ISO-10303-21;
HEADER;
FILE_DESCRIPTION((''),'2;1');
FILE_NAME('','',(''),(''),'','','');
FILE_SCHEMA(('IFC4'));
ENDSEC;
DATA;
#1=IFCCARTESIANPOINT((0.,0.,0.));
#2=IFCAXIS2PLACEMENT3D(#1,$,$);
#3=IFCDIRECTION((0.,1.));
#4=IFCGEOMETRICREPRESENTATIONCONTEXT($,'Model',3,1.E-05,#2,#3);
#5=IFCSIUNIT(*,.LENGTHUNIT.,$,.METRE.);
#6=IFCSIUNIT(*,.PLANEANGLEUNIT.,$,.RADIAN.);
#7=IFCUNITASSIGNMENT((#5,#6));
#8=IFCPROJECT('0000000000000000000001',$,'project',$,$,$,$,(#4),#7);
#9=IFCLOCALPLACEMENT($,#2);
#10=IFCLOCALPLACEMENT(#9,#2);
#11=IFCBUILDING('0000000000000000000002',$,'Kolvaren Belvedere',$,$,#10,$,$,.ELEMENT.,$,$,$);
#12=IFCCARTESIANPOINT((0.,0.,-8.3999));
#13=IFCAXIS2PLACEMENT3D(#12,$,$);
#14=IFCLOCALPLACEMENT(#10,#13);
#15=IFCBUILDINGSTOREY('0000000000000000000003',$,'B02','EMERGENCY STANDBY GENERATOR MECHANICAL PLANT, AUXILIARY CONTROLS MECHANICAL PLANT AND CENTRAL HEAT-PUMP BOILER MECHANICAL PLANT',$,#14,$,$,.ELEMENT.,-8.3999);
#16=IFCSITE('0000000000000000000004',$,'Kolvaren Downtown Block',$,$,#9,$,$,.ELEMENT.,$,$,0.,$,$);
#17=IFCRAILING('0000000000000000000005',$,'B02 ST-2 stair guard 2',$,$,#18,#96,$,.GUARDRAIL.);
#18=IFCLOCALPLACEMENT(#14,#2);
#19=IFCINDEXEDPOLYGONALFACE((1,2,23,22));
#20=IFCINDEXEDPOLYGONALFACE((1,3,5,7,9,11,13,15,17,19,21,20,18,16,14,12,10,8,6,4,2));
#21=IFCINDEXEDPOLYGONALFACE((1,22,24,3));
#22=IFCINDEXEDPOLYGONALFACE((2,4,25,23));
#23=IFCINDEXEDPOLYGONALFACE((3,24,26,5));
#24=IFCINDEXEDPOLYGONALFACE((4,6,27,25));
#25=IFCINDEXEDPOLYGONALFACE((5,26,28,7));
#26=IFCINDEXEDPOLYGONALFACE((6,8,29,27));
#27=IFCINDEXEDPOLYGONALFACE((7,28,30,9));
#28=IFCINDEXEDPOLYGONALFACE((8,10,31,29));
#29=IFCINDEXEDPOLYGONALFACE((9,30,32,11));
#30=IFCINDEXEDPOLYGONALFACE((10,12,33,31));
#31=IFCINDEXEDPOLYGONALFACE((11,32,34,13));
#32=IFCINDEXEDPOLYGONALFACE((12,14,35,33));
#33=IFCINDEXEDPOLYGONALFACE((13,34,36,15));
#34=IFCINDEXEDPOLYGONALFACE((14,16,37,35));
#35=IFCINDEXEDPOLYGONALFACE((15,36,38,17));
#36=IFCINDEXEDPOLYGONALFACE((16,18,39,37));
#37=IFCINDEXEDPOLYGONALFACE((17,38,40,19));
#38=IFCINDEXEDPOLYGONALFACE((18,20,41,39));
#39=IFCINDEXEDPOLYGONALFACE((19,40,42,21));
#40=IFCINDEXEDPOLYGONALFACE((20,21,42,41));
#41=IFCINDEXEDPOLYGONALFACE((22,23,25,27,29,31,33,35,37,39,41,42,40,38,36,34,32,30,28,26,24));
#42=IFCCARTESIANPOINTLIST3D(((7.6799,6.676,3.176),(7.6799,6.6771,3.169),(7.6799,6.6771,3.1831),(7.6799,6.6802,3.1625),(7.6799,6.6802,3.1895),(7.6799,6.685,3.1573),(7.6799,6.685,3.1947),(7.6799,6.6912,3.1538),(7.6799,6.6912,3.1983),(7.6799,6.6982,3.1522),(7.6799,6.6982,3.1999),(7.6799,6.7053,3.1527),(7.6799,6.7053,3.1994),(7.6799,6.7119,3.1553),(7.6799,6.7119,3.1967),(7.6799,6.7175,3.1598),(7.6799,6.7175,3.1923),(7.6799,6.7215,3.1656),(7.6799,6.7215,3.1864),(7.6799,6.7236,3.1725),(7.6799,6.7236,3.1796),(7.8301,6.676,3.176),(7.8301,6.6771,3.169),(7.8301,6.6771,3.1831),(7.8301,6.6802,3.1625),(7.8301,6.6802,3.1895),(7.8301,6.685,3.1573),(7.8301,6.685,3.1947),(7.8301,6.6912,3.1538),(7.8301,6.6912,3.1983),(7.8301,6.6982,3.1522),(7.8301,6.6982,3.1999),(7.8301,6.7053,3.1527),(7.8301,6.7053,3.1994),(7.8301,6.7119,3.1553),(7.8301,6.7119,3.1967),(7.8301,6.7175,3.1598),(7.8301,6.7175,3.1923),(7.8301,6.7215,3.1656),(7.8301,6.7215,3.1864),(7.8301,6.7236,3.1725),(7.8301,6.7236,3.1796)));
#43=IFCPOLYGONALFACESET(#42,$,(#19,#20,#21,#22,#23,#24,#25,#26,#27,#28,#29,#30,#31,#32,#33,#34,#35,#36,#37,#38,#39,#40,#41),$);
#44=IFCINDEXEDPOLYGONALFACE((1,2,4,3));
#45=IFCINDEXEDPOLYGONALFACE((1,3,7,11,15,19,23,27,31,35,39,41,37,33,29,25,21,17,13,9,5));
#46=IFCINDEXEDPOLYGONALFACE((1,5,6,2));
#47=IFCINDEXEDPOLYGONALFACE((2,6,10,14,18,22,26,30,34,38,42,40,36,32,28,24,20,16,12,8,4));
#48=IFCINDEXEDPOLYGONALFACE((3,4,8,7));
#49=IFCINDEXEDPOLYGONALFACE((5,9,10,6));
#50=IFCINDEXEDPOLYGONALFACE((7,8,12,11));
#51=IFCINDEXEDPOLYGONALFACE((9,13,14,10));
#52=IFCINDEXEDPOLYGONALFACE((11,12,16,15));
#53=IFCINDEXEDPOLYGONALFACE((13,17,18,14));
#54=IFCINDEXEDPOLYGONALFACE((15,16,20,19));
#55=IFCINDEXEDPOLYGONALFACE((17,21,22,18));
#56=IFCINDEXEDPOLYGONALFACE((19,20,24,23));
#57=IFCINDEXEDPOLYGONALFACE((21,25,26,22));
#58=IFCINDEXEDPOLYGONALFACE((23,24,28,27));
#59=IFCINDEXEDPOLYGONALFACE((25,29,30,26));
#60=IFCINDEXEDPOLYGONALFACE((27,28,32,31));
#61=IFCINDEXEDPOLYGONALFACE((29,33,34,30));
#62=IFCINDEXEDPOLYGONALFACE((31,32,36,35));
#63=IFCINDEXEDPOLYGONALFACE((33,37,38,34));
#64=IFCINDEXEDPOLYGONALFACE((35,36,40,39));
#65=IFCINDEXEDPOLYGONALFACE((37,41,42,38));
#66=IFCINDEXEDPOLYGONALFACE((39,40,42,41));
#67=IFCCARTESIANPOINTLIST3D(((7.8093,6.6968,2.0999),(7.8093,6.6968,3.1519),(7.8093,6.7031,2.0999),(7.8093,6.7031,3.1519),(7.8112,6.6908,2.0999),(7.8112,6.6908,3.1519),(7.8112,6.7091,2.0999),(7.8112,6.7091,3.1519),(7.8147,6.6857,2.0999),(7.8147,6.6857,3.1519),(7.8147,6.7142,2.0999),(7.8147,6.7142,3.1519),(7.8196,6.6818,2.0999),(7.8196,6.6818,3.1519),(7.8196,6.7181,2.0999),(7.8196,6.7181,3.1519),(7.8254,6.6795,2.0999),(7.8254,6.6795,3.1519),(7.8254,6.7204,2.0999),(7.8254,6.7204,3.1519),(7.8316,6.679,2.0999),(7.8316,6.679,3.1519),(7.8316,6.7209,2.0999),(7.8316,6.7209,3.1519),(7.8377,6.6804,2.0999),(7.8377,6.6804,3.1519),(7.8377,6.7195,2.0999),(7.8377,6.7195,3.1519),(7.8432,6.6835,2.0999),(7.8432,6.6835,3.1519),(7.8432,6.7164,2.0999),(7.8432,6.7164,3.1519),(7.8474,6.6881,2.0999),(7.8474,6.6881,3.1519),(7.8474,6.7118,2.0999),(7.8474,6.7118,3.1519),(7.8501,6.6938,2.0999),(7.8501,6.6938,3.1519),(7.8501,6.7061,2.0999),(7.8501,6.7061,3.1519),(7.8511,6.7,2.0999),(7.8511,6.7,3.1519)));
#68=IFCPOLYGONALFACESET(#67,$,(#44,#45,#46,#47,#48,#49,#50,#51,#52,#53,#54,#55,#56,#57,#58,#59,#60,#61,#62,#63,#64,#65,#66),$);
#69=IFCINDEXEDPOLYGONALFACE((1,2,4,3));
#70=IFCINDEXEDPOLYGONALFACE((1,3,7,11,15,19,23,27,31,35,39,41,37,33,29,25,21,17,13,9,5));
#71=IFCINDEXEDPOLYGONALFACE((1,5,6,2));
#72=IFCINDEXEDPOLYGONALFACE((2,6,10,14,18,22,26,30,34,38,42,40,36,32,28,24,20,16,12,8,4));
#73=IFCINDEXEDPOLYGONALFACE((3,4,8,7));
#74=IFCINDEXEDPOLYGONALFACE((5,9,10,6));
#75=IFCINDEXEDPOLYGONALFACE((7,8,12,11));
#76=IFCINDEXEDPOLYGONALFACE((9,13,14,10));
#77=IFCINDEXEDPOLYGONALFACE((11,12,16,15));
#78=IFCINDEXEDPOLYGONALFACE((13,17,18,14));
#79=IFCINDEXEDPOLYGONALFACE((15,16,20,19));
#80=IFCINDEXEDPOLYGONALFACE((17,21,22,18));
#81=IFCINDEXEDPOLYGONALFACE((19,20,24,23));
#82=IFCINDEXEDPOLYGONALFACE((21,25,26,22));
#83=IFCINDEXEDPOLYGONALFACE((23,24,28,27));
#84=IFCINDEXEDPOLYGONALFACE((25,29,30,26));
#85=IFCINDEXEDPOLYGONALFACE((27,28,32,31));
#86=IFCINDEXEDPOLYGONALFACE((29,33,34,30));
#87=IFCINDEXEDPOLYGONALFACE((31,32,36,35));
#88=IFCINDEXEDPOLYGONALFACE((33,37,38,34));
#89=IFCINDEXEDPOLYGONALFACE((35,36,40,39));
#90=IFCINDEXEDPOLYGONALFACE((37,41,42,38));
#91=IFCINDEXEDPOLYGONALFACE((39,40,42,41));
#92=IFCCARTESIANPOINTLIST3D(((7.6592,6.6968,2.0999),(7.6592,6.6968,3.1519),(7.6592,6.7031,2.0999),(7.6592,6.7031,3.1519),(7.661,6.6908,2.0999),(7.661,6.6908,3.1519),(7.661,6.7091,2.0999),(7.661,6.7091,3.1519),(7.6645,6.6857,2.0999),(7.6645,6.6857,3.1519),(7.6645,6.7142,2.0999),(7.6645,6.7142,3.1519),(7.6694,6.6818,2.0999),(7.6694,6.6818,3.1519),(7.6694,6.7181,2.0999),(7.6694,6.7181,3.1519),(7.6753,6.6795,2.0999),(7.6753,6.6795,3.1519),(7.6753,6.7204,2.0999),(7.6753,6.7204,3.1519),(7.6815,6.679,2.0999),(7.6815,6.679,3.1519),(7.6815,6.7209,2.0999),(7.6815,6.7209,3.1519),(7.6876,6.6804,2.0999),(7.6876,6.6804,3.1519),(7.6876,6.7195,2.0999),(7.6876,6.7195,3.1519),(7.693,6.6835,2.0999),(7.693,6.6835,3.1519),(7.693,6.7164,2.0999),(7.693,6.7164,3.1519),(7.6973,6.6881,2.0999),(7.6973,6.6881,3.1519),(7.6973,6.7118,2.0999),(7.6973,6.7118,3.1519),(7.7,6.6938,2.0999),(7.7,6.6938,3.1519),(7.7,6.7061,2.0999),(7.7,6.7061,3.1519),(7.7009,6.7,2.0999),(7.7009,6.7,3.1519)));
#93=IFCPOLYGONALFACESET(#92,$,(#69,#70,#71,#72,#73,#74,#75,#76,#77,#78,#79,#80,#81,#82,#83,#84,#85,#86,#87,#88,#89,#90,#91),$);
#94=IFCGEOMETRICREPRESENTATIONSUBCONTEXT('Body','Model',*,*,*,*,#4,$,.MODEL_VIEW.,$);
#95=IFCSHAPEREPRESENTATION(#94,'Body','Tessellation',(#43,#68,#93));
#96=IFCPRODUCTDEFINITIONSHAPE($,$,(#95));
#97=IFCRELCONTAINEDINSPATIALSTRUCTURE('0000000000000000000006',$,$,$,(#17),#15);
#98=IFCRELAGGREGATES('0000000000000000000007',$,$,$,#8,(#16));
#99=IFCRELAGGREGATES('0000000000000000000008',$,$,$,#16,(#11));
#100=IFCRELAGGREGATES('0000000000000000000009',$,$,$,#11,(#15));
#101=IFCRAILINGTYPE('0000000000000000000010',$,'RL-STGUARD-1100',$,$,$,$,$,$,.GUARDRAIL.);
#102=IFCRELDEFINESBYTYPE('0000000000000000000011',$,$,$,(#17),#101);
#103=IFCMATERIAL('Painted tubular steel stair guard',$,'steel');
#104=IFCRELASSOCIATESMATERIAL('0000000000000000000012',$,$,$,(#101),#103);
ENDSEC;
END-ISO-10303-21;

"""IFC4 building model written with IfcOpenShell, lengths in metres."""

from ifc_helpers import new_model, si_unit, direction, frame, origin, origin_2d, place, context, subcontext, project, spatial, circle, extrude, material, type_object, element, save


model = new_model("IFC4")

# Units and contexts
model_context = context("Model", 3, precision=1e-05, world=origin(), true_north=direction((0.0, 1.0)))
body_context = subcontext(model_context, "Body", "Model", "MODEL_VIEW")
ifc_project = project(units=[si_unit("LENGTHUNIT", "METRE"), si_unit("PLANEANGLEUNIT", "RADIAN")], contexts=[model_context])

# Site, building, storey
site_placement = place(None, origin())
site = spatial("IfcSite", under=ifc_project, at=site_placement, Name="Kolvaren Downtown Block", CompositionType="ELEMENT", RefElevation=0.0)
building_placement = place(site_placement, origin())
building = spatial("IfcBuilding", under=site, at=building_placement, Name="Kolvaren Belvedere", CompositionType="ELEMENT")
storey_placement = place(building_placement, frame((0.0, 0.0, -8.3999)))
storey = spatial("IfcBuildingStorey", under=building, at=storey_placement, Name="B02", Description="EMERGENCY STANDBY GENERATOR MECHANICAL PLANT, AUXILIARY CONTROLS MECHANICAL PLANT AND CENTRAL HEAT-PUMP BOILER MECHANICAL PLANT", CompositionType="ELEMENT", Elevation=-8.3999)

# Railing
ifc_material_1 = material(Name="Painted tubular steel stair guard", Category="steel")
railing_type_1 = type_object("IfcRailingType", Name="RL-STGUARD-1100", PredefinedType="GUARDRAIL", material=ifc_material_1)
railing_1_placement = place(storey_placement, frame((7.8301, 6.7, 2.0999)))
element("IfcRailing", 1, at=railing_1_placement, inside=storey, type_object=railing_type_1, Name="B02 ST-2 stair guard 2", PredefinedType="GUARDRAIL", context=body_context, shape_type="SweptSolid", body=[
    extrude(circle(Radius=0.0239, at=origin_2d()), frame((0.0, 0.0, 1.0762), z_axis=(-1.0, 0.0, 0.0), x_axis=(0.0, -1.0, 0.0)), (0.0, 0.0, 1.0), 0.1501),
    extrude(circle(Radius=0.021, at=origin_2d()), origin(), (0.0, 0.0, 1.0), 1.052),
    extrude(circle(Radius=0.021, at=origin_2d()), frame((-0.1501, 0.0, 0.0)), (0.0, 0.0, 1.0), 1.052),
])

save(model, "model.ifc")
